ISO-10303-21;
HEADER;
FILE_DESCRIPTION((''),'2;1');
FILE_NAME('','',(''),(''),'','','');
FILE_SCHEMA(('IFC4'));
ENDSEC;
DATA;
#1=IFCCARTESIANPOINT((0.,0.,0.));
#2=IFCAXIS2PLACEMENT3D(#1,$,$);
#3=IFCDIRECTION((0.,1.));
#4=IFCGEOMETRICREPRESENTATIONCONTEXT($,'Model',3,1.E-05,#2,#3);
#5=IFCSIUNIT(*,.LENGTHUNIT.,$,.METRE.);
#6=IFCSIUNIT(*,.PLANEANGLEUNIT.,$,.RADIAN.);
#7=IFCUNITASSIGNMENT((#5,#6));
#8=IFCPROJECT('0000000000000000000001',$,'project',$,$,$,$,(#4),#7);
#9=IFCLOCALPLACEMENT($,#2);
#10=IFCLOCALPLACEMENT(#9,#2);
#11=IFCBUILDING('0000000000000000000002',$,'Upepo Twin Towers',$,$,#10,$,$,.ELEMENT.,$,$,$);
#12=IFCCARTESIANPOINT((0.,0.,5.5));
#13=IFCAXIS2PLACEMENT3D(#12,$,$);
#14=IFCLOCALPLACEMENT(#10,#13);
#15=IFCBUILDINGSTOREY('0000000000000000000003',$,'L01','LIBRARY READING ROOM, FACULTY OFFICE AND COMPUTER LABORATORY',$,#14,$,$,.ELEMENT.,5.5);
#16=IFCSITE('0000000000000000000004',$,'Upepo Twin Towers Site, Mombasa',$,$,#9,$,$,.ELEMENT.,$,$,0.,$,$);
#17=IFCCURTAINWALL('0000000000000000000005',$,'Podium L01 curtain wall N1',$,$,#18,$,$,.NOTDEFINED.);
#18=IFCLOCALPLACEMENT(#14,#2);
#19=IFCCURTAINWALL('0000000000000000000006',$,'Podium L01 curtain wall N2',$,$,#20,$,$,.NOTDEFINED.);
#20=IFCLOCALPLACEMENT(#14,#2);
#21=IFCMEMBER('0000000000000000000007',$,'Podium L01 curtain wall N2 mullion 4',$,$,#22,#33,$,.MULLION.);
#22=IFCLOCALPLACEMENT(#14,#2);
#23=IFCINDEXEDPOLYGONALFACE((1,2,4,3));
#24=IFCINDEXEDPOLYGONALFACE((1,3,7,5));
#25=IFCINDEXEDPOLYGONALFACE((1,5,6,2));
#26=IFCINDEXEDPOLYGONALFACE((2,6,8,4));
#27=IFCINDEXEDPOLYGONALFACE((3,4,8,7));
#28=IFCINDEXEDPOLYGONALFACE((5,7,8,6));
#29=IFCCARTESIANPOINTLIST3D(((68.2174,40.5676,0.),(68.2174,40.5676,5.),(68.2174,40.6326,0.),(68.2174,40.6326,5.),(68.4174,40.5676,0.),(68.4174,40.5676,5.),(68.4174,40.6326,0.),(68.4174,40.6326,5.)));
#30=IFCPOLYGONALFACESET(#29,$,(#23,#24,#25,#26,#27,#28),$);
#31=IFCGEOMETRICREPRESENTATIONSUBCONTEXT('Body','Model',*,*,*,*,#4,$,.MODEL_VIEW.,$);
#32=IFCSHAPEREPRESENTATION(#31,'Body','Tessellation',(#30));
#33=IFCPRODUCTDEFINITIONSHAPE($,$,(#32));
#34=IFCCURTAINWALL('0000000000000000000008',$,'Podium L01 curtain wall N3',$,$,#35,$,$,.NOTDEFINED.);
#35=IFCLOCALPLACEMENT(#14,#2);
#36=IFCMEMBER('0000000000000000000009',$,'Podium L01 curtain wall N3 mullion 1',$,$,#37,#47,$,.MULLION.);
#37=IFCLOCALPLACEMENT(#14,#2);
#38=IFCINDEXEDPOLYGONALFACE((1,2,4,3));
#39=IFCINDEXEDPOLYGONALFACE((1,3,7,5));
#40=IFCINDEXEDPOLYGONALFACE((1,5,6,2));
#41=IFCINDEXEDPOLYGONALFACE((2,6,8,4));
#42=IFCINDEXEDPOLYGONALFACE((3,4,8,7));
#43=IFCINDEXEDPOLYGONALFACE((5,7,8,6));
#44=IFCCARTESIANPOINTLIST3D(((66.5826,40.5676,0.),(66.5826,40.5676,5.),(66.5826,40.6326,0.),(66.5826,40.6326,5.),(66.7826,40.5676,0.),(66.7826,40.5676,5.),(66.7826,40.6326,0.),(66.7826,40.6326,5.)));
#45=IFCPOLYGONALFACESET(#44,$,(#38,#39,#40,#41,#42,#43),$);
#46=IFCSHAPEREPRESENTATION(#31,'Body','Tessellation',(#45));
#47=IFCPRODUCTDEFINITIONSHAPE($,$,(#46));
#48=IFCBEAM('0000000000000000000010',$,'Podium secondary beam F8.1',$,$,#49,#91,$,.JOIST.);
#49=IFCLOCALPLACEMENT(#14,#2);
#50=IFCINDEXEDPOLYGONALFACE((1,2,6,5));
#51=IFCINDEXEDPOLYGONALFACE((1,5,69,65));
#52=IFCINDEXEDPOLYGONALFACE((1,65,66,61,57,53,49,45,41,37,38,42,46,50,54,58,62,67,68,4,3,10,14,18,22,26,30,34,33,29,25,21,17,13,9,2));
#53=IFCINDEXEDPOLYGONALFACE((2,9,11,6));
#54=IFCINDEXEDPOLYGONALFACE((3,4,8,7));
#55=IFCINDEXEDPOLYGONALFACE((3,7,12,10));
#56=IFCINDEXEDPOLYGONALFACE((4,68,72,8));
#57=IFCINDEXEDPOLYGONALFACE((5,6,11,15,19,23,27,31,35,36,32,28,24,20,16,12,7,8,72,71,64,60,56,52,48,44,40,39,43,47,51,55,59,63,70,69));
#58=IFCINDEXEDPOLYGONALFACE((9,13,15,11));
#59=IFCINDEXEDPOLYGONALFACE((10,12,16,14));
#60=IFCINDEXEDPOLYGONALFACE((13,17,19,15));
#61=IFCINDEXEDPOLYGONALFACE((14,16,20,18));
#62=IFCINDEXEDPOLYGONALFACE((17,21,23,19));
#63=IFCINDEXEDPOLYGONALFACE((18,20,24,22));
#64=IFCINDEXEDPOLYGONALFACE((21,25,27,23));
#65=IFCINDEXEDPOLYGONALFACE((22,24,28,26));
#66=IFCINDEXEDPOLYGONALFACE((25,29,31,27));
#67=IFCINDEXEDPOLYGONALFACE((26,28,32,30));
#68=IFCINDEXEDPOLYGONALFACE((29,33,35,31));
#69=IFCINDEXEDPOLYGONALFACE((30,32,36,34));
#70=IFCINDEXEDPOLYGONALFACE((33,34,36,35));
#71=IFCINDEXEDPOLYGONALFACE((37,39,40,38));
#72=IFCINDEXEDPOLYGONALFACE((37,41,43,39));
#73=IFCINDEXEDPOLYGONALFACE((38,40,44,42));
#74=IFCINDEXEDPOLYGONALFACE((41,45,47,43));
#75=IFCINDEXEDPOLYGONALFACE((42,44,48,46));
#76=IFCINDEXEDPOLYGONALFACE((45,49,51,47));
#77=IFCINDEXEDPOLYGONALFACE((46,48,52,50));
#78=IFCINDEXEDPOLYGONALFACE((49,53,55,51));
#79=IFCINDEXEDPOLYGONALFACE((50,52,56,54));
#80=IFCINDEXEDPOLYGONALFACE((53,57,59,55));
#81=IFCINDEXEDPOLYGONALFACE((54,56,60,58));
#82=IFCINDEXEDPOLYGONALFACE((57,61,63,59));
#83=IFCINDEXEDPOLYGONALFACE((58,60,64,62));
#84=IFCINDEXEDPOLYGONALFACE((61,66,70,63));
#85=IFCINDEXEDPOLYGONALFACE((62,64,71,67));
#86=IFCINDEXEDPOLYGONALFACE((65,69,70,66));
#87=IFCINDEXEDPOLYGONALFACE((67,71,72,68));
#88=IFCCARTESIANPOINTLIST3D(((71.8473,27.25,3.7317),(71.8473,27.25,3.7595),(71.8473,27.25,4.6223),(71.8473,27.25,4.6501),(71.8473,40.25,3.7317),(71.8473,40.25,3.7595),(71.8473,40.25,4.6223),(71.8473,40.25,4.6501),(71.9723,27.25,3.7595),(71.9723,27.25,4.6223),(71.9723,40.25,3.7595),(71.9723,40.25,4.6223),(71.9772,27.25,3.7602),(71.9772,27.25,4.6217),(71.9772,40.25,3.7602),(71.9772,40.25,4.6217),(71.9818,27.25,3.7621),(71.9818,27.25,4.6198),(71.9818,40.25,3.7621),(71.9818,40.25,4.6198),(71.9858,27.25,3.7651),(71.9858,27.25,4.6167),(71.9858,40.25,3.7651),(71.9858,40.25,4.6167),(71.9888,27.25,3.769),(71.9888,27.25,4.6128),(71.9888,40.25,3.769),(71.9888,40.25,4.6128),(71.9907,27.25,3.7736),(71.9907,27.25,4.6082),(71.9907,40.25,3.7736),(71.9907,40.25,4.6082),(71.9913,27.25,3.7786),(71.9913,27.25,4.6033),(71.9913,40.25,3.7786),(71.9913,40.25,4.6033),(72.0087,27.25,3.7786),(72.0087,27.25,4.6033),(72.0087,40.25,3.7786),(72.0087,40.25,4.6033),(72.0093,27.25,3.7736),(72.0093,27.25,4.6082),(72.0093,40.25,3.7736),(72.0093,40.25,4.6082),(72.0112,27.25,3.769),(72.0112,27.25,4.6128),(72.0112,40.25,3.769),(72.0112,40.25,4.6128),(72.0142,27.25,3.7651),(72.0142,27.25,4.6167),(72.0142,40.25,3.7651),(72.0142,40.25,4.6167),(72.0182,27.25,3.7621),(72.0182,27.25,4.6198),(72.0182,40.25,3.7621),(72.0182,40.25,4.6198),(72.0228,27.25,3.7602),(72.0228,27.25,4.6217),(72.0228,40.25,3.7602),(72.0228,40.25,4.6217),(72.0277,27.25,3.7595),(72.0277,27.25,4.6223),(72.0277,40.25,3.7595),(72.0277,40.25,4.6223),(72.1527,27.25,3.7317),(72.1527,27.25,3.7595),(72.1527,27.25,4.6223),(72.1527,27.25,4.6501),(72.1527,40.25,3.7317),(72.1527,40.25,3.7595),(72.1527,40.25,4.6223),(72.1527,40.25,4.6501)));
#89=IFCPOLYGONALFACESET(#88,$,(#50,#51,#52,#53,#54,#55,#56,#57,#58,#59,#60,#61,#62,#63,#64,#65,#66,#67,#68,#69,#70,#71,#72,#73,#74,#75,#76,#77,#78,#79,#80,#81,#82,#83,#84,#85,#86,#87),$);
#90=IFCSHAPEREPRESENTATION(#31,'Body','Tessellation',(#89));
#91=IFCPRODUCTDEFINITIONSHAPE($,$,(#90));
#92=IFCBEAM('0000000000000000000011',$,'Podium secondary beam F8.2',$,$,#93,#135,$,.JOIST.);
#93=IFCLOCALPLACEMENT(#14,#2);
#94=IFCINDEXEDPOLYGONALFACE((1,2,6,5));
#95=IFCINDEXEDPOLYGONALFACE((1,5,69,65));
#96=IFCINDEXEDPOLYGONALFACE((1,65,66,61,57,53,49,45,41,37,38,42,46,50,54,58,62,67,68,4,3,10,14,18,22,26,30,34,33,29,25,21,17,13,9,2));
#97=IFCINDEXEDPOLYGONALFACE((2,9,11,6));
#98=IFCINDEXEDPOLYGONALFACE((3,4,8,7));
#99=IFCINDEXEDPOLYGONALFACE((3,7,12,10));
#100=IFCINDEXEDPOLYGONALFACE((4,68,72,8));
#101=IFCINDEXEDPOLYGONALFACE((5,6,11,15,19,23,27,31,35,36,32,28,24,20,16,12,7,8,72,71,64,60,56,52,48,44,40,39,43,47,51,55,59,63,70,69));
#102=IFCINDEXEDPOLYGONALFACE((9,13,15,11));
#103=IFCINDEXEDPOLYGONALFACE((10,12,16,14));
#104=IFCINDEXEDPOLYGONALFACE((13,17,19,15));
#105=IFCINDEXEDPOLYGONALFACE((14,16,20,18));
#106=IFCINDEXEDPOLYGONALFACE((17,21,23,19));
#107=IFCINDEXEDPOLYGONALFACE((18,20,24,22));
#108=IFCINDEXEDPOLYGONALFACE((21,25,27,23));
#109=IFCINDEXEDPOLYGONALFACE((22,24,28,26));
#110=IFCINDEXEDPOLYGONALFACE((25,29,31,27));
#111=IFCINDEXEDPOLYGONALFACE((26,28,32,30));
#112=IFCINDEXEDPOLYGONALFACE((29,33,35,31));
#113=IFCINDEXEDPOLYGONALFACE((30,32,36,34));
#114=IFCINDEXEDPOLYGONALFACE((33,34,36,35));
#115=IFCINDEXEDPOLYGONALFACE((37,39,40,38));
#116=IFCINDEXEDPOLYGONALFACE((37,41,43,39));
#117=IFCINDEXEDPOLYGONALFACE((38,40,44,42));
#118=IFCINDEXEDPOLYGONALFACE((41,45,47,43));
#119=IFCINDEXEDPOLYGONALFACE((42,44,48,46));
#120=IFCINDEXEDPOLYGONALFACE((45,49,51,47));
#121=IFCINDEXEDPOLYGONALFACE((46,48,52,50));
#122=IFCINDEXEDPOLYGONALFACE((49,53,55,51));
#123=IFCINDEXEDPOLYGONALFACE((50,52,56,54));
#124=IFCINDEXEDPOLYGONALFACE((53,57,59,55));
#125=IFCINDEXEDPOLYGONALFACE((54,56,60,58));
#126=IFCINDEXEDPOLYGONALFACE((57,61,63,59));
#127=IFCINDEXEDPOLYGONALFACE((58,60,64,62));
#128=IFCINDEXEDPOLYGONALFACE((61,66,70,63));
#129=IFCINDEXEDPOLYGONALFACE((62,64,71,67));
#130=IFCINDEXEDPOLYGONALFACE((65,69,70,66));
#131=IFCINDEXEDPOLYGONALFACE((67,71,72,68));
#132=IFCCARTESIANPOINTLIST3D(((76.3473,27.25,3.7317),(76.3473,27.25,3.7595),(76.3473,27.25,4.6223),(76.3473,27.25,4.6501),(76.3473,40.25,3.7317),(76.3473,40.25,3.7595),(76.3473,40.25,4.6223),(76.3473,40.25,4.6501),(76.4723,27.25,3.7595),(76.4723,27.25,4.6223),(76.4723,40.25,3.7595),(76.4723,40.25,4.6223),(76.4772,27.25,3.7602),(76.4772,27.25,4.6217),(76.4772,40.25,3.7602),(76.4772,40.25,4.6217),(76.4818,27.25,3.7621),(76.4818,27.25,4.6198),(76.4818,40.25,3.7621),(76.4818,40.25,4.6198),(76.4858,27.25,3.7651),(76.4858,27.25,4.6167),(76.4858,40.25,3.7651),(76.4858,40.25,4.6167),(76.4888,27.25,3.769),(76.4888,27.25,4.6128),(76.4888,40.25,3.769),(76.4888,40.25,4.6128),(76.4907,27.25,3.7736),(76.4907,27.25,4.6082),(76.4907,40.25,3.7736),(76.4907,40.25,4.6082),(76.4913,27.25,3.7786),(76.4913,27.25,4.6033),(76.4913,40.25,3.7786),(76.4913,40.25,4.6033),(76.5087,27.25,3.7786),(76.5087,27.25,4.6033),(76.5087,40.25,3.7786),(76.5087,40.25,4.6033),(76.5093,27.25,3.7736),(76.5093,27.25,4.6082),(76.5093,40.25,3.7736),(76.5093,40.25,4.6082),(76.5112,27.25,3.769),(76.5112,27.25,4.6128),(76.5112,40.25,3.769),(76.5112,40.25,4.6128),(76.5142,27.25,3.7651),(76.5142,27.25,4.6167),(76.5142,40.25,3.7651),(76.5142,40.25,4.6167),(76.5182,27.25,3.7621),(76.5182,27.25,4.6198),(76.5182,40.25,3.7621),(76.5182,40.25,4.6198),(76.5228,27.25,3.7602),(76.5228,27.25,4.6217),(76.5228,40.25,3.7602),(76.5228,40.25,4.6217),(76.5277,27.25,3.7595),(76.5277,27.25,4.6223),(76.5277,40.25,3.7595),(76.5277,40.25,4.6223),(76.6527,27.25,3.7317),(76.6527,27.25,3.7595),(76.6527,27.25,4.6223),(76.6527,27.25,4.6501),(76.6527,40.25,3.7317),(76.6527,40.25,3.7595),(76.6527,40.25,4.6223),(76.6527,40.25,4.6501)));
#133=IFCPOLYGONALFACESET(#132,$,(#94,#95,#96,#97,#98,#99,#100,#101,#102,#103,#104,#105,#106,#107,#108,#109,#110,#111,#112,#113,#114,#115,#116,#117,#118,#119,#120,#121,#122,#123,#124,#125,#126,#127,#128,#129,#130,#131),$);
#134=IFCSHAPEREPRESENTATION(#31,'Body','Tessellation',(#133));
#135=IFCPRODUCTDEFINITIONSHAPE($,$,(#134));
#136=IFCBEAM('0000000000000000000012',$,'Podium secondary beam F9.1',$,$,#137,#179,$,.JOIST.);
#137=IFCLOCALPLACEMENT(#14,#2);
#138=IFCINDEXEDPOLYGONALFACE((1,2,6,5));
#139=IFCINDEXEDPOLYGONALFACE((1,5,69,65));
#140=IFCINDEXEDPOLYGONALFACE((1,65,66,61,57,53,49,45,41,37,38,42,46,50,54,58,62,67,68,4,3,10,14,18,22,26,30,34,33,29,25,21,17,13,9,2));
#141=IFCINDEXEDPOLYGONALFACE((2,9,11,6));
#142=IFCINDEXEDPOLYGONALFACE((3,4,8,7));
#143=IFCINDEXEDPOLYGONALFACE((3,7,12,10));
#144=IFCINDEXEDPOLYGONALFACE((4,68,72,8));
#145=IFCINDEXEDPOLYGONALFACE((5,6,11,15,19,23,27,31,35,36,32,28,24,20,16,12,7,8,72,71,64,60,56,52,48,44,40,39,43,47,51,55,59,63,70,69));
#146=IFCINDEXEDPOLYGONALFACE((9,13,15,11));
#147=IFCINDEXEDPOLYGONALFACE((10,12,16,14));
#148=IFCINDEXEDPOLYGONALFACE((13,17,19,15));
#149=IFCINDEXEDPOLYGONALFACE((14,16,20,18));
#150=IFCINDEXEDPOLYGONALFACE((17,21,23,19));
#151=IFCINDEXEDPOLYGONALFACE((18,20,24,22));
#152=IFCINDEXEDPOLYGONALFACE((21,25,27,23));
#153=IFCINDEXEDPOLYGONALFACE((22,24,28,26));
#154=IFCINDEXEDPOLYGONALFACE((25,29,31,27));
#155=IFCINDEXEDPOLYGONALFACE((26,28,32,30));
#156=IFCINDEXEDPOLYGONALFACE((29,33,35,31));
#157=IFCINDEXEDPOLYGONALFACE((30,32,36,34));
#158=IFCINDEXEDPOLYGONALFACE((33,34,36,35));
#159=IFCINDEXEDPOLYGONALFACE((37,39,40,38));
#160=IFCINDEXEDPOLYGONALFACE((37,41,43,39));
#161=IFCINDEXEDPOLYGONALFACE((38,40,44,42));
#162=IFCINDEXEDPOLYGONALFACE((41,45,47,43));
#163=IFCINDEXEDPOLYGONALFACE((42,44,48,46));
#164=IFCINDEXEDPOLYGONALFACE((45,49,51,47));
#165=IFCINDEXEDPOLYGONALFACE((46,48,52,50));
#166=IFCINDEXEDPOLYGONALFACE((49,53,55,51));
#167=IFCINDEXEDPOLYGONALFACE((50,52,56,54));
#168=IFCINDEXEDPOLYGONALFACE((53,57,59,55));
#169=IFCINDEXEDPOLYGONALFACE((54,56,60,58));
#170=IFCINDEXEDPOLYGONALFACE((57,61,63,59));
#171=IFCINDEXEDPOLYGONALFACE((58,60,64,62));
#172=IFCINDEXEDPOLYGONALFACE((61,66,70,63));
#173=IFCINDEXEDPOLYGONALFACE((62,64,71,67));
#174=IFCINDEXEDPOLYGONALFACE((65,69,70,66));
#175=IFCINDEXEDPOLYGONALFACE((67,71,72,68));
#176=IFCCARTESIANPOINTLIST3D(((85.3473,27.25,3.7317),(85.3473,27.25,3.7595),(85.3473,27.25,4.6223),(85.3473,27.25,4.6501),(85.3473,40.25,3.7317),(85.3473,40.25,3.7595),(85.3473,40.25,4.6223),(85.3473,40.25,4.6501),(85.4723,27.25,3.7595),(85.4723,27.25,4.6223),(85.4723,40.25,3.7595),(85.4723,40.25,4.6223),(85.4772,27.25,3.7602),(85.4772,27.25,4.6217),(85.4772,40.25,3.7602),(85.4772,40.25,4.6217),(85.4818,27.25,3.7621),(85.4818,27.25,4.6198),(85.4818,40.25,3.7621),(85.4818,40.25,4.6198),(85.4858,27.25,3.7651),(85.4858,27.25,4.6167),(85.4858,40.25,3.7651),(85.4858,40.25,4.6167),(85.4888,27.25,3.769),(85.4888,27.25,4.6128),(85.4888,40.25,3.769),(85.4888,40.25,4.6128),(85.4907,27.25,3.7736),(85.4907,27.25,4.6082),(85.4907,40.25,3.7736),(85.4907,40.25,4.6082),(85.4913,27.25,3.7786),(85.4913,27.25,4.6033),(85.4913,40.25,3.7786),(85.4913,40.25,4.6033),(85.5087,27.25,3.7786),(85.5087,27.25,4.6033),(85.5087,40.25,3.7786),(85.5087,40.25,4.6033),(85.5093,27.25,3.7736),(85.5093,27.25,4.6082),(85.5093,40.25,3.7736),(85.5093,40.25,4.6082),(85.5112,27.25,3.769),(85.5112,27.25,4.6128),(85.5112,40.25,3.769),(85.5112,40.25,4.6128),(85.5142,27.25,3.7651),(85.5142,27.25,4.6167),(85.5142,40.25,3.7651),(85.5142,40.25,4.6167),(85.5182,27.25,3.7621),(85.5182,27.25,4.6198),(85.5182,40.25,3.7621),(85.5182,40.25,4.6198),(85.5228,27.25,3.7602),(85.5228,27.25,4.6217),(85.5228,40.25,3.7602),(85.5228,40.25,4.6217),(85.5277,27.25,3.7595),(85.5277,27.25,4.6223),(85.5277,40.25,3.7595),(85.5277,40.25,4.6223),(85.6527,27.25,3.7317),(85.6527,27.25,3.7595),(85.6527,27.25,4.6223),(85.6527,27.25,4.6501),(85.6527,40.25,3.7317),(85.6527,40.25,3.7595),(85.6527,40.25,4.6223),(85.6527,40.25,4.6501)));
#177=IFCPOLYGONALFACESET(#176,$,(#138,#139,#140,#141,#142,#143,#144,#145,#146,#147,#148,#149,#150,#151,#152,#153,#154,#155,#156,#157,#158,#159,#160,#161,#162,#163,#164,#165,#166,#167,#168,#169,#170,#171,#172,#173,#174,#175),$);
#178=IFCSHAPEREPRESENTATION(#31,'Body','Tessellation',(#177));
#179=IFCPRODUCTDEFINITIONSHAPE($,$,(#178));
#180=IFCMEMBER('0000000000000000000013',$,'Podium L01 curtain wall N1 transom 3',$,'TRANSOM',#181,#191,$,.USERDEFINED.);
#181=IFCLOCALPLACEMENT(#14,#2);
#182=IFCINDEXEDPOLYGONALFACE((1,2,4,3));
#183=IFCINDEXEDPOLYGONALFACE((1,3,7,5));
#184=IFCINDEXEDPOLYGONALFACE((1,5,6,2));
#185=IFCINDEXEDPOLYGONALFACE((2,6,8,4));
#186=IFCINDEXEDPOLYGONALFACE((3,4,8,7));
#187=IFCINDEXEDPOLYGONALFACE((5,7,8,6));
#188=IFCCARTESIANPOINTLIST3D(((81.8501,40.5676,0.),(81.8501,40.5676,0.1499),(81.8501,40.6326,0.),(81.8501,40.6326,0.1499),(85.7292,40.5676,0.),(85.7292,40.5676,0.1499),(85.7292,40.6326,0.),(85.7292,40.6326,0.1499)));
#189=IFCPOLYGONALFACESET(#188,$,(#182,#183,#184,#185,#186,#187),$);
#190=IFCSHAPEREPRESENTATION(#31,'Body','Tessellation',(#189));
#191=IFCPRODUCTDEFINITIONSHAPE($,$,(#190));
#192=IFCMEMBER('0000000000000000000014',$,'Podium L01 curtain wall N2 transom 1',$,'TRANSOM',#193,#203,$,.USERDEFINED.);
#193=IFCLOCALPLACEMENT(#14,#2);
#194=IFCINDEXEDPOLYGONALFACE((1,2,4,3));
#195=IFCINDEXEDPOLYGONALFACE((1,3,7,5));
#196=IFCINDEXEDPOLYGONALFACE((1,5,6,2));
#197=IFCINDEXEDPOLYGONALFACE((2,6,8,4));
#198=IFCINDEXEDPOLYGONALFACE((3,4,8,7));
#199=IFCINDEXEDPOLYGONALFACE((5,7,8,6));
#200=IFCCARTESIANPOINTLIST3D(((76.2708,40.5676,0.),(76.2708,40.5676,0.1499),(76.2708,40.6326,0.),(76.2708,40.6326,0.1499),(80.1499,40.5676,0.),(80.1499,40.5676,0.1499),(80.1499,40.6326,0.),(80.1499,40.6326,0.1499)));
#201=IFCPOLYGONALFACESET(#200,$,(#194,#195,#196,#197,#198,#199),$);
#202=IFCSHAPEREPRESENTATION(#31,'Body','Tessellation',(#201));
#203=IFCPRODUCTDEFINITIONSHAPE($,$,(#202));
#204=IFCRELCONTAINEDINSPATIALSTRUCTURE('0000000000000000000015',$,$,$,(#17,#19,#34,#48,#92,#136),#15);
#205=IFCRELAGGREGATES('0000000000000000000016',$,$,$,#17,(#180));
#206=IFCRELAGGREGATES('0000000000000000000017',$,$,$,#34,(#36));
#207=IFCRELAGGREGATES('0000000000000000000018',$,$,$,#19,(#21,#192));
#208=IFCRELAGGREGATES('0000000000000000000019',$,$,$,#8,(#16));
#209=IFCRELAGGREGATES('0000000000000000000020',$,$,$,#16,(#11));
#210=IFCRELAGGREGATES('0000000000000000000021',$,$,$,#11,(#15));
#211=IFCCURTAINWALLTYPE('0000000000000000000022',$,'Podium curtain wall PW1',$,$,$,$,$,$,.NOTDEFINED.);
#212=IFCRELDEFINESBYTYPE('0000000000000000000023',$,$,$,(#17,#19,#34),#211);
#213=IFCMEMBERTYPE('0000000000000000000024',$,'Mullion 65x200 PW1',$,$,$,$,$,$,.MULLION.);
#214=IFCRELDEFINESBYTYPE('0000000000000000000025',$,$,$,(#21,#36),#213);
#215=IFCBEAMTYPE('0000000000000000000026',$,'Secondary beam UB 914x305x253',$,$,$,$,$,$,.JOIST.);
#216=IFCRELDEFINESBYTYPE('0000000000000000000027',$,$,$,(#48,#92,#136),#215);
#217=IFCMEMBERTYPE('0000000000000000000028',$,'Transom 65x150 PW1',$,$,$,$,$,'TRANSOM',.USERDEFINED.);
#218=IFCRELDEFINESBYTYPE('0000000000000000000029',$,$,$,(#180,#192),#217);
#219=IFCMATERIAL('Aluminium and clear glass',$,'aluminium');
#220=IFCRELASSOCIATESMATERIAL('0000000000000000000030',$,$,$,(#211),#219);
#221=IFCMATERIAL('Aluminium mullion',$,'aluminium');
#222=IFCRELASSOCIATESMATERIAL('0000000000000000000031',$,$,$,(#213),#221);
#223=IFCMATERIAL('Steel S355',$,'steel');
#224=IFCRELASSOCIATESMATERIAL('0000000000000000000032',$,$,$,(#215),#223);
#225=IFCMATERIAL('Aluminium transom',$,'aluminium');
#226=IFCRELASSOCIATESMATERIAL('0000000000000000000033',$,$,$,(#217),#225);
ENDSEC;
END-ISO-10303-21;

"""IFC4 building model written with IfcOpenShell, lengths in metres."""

from ifc_helpers import new_model, si_unit, direction, frame, origin, origin_2d, place, context, subcontext, project, spatial, rectangle, i_section, extrude, material, material_profile, profile_set, type_object, element, aggregate, save


model = new_model("IFC4")

# Units and contexts
model_context = context("Model", 3, precision=1e-05, world=origin(), true_north=direction((0.0, 1.0)))
body_context = subcontext(model_context, "Body", "Model", "MODEL_VIEW")
ifc_project = project(units=[si_unit("LENGTHUNIT", "METRE"), si_unit("PLANEANGLEUNIT", "RADIAN")], contexts=[model_context])

# Site, building, storey
site_placement = place(None, origin())
site = spatial("IfcSite", under=ifc_project, at=site_placement, Name="Upepo Twin Towers Site, Mombasa", CompositionType="ELEMENT", RefElevation=0.0)
building_placement = place(site_placement, origin())
building = spatial("IfcBuilding", under=site, at=building_placement, Name="Upepo Twin Towers", CompositionType="ELEMENT")
storey_placement = place(building_placement, frame((0.0, 0.0, 5.5)))
storey = spatial("IfcBuildingStorey", under=building, at=storey_placement, Name="L01", Description="LIBRARY READING ROOM, FACULTY OFFICE AND COMPUTER LABORATORY", CompositionType="ELEMENT", Elevation=5.5)

# Curtain wall
ifc_material_1 = material(Name="Aluminium and clear glass", Category="aluminium")
curtain_wall_type = type_object("IfcCurtainWallType", Name="Podium curtain wall PW1", PredefinedType="NOTDEFINED", material=ifc_material_1)
curtain_wall_1_placement = place(storey_placement, origin())
curtain_wall_1 = element("IfcCurtainWall", 1, at=curtain_wall_1_placement, inside=storey, type_object=curtain_wall_type, Name="Podium L01 curtain wall N1", PredefinedType="NOTDEFINED")
ifc_material_2 = material(Name="Aluminium mullion", Category="aluminium")
ifc_material_profile_1 = material_profile(ifc_material_2, rectangle(XDim=0.0649, YDim=0.2, at=origin_2d()), Name="MULLION 65x200 PODIUM")
ifc_profile_set_1 = profile_set([ifc_material_profile_1], Name="Aluminium mullion")
member_type_1 = type_object("IfcMemberType", Name="Mullion 65x200 PW1", PredefinedType="MULLION", material=ifc_profile_set_1)

# Curtain wall, member
curtain_wall_2_placement = place(storey_placement, origin())
curtain_wall_2 = element("IfcCurtainWall", 2, at=curtain_wall_2_placement, inside=storey, type_object=curtain_wall_type, Name="Podium L01 curtain wall N2", PredefinedType="NOTDEFINED")
member_1_placement = place(storey_placement, frame((68.3174, 40.6001, 0.0), z_axis=(0.0, 0.0, 1.0), x_axis=(0.0, -1.0, 0.0)))
member_1 = element("IfcMember", 3, at=member_1_placement, type_object=member_type_1, Name="Podium L01 curtain wall N2 mullion 4", PredefinedType="MULLION", context=body_context, shape_type="SweptSolid", body=[
    extrude(rectangle(XDim=0.0649, YDim=0.2, at=origin_2d()), origin(), (0.0, 0.0, 1.0), 5.0),
])

# Curtain wall, member
curtain_wall_3_placement = place(storey_placement, origin())
curtain_wall_3 = element("IfcCurtainWall", 4, at=curtain_wall_3_placement, inside=storey, type_object=curtain_wall_type, Name="Podium L01 curtain wall N3", PredefinedType="NOTDEFINED")
member_2_placement = place(storey_placement, frame((66.6826, 40.6001, 0.0), z_axis=(0.0, 0.0, 1.0), x_axis=(0.0, -1.0, 0.0)))
member_2 = element("IfcMember", 5, at=member_2_placement, type_object=member_type_1, Name="Podium L01 curtain wall N3 mullion 1", PredefinedType="MULLION", context=body_context, shape_type="SweptSolid", body=[
    extrude(rectangle(XDim=0.0649, YDim=0.2, at=origin_2d()), origin(), (0.0, 0.0, 1.0), 5.0),
])

# Beams
ifc_material_3 = material(Name="Steel S355", Category="steel")
ifc_material_profile_2 = material_profile(ifc_material_3, i_section(OverallWidth=0.3054, OverallDepth=0.9185, WebThickness=0.0173, FlangeThickness=0.0278, FilletRadius=0.019, at=origin_2d()), Name="UB 914x305x253")
ifc_profile_set_2 = profile_set([ifc_material_profile_2], Name="Steel S355")
beam_type_1 = type_object("IfcBeamType", Name="Secondary beam UB 914x305x253", PredefinedType="JOIST", material=ifc_profile_set_2)
for number, where, z_axis, x_axis, name in (
    (6, (72.0, 27.25, 4.1909), (0.0, 1.0, 0.0), (-1.0, 0.0, 0.0), "Podium secondary beam F8.1"),
    (7, (76.5, 27.25, 4.1909), (0.0, 1.0, 0.0), (-1.0, 0.0, 0.0), "Podium secondary beam F8.2"),
    (8, (85.5, 27.25, 4.1909), (0.0, 1.0, 0.0), (-1.0, 0.0, 0.0), "Podium secondary beam F9.1"),
):
    element("IfcBeam", number, at=place(storey_placement, frame(where, z_axis=z_axis, x_axis=x_axis)), inside=storey, type_object=beam_type_1, Name=name, PredefinedType="JOIST", context=body_context, shape_type="SweptSolid", body=[
        extrude(i_section(OverallWidth=0.3054, OverallDepth=0.9185, WebThickness=0.0173, FlangeThickness=0.0278, FilletRadius=0.019, at=origin_2d()), origin(), (0.0, 0.0, 1.0), 13.0),
    ])

# Members
ifc_material_4 = material(Name="Aluminium transom", Category="aluminium")
ifc_material_profile_3 = material_profile(ifc_material_4, rectangle(XDim=0.0649, YDim=0.1499, at=origin_2d()), Name="TRANSOM 65x150 PODIUM")
ifc_profile_set_3 = profile_set([ifc_material_profile_3], Name="Aluminium transom")
member_type_2 = type_object("IfcMemberType", Name="Transom 65x150 PW1", ElementType="TRANSOM", PredefinedType="USERDEFINED", material=ifc_profile_set_3)
member_3_placement = place(storey_placement, frame((85.7292, 40.6001, 0.075), z_axis=(-1.0, 0.0, 0.0), x_axis=(0.0, -1.0, 0.0)))
member_3 = element("IfcMember", 9, at=member_3_placement, type_object=member_type_2, Name="Podium L01 curtain wall N1 transom 3", ObjectType="TRANSOM", PredefinedType="USERDEFINED", context=body_context, shape_type="SweptSolid", body=[
    extrude(rectangle(XDim=0.0649, YDim=0.1499, at=origin_2d()), origin(), (0.0, 0.0, 1.0), 3.8792),
])
member_4_placement = place(storey_placement, frame((80.1499, 40.6001, 0.075), z_axis=(-1.0, 0.0, 0.0), x_axis=(0.0, -1.0, 0.0)))
member_4 = element("IfcMember", 10, at=member_4_placement, type_object=member_type_2, Name="Podium L01 curtain wall N2 transom 1", ObjectType="TRANSOM", PredefinedType="USERDEFINED", context=body_context, shape_type="SweptSolid", body=[
    extrude(rectangle(XDim=0.0649, YDim=0.1499, at=origin_2d()), origin(), (0.0, 0.0, 1.0), 3.8792),
])

aggregate(curtain_wall_1, [member_3])
aggregate(curtain_wall_3, [member_2])
aggregate(curtain_wall_2, [member_1, member_4])

save(model, "model.ifc")
